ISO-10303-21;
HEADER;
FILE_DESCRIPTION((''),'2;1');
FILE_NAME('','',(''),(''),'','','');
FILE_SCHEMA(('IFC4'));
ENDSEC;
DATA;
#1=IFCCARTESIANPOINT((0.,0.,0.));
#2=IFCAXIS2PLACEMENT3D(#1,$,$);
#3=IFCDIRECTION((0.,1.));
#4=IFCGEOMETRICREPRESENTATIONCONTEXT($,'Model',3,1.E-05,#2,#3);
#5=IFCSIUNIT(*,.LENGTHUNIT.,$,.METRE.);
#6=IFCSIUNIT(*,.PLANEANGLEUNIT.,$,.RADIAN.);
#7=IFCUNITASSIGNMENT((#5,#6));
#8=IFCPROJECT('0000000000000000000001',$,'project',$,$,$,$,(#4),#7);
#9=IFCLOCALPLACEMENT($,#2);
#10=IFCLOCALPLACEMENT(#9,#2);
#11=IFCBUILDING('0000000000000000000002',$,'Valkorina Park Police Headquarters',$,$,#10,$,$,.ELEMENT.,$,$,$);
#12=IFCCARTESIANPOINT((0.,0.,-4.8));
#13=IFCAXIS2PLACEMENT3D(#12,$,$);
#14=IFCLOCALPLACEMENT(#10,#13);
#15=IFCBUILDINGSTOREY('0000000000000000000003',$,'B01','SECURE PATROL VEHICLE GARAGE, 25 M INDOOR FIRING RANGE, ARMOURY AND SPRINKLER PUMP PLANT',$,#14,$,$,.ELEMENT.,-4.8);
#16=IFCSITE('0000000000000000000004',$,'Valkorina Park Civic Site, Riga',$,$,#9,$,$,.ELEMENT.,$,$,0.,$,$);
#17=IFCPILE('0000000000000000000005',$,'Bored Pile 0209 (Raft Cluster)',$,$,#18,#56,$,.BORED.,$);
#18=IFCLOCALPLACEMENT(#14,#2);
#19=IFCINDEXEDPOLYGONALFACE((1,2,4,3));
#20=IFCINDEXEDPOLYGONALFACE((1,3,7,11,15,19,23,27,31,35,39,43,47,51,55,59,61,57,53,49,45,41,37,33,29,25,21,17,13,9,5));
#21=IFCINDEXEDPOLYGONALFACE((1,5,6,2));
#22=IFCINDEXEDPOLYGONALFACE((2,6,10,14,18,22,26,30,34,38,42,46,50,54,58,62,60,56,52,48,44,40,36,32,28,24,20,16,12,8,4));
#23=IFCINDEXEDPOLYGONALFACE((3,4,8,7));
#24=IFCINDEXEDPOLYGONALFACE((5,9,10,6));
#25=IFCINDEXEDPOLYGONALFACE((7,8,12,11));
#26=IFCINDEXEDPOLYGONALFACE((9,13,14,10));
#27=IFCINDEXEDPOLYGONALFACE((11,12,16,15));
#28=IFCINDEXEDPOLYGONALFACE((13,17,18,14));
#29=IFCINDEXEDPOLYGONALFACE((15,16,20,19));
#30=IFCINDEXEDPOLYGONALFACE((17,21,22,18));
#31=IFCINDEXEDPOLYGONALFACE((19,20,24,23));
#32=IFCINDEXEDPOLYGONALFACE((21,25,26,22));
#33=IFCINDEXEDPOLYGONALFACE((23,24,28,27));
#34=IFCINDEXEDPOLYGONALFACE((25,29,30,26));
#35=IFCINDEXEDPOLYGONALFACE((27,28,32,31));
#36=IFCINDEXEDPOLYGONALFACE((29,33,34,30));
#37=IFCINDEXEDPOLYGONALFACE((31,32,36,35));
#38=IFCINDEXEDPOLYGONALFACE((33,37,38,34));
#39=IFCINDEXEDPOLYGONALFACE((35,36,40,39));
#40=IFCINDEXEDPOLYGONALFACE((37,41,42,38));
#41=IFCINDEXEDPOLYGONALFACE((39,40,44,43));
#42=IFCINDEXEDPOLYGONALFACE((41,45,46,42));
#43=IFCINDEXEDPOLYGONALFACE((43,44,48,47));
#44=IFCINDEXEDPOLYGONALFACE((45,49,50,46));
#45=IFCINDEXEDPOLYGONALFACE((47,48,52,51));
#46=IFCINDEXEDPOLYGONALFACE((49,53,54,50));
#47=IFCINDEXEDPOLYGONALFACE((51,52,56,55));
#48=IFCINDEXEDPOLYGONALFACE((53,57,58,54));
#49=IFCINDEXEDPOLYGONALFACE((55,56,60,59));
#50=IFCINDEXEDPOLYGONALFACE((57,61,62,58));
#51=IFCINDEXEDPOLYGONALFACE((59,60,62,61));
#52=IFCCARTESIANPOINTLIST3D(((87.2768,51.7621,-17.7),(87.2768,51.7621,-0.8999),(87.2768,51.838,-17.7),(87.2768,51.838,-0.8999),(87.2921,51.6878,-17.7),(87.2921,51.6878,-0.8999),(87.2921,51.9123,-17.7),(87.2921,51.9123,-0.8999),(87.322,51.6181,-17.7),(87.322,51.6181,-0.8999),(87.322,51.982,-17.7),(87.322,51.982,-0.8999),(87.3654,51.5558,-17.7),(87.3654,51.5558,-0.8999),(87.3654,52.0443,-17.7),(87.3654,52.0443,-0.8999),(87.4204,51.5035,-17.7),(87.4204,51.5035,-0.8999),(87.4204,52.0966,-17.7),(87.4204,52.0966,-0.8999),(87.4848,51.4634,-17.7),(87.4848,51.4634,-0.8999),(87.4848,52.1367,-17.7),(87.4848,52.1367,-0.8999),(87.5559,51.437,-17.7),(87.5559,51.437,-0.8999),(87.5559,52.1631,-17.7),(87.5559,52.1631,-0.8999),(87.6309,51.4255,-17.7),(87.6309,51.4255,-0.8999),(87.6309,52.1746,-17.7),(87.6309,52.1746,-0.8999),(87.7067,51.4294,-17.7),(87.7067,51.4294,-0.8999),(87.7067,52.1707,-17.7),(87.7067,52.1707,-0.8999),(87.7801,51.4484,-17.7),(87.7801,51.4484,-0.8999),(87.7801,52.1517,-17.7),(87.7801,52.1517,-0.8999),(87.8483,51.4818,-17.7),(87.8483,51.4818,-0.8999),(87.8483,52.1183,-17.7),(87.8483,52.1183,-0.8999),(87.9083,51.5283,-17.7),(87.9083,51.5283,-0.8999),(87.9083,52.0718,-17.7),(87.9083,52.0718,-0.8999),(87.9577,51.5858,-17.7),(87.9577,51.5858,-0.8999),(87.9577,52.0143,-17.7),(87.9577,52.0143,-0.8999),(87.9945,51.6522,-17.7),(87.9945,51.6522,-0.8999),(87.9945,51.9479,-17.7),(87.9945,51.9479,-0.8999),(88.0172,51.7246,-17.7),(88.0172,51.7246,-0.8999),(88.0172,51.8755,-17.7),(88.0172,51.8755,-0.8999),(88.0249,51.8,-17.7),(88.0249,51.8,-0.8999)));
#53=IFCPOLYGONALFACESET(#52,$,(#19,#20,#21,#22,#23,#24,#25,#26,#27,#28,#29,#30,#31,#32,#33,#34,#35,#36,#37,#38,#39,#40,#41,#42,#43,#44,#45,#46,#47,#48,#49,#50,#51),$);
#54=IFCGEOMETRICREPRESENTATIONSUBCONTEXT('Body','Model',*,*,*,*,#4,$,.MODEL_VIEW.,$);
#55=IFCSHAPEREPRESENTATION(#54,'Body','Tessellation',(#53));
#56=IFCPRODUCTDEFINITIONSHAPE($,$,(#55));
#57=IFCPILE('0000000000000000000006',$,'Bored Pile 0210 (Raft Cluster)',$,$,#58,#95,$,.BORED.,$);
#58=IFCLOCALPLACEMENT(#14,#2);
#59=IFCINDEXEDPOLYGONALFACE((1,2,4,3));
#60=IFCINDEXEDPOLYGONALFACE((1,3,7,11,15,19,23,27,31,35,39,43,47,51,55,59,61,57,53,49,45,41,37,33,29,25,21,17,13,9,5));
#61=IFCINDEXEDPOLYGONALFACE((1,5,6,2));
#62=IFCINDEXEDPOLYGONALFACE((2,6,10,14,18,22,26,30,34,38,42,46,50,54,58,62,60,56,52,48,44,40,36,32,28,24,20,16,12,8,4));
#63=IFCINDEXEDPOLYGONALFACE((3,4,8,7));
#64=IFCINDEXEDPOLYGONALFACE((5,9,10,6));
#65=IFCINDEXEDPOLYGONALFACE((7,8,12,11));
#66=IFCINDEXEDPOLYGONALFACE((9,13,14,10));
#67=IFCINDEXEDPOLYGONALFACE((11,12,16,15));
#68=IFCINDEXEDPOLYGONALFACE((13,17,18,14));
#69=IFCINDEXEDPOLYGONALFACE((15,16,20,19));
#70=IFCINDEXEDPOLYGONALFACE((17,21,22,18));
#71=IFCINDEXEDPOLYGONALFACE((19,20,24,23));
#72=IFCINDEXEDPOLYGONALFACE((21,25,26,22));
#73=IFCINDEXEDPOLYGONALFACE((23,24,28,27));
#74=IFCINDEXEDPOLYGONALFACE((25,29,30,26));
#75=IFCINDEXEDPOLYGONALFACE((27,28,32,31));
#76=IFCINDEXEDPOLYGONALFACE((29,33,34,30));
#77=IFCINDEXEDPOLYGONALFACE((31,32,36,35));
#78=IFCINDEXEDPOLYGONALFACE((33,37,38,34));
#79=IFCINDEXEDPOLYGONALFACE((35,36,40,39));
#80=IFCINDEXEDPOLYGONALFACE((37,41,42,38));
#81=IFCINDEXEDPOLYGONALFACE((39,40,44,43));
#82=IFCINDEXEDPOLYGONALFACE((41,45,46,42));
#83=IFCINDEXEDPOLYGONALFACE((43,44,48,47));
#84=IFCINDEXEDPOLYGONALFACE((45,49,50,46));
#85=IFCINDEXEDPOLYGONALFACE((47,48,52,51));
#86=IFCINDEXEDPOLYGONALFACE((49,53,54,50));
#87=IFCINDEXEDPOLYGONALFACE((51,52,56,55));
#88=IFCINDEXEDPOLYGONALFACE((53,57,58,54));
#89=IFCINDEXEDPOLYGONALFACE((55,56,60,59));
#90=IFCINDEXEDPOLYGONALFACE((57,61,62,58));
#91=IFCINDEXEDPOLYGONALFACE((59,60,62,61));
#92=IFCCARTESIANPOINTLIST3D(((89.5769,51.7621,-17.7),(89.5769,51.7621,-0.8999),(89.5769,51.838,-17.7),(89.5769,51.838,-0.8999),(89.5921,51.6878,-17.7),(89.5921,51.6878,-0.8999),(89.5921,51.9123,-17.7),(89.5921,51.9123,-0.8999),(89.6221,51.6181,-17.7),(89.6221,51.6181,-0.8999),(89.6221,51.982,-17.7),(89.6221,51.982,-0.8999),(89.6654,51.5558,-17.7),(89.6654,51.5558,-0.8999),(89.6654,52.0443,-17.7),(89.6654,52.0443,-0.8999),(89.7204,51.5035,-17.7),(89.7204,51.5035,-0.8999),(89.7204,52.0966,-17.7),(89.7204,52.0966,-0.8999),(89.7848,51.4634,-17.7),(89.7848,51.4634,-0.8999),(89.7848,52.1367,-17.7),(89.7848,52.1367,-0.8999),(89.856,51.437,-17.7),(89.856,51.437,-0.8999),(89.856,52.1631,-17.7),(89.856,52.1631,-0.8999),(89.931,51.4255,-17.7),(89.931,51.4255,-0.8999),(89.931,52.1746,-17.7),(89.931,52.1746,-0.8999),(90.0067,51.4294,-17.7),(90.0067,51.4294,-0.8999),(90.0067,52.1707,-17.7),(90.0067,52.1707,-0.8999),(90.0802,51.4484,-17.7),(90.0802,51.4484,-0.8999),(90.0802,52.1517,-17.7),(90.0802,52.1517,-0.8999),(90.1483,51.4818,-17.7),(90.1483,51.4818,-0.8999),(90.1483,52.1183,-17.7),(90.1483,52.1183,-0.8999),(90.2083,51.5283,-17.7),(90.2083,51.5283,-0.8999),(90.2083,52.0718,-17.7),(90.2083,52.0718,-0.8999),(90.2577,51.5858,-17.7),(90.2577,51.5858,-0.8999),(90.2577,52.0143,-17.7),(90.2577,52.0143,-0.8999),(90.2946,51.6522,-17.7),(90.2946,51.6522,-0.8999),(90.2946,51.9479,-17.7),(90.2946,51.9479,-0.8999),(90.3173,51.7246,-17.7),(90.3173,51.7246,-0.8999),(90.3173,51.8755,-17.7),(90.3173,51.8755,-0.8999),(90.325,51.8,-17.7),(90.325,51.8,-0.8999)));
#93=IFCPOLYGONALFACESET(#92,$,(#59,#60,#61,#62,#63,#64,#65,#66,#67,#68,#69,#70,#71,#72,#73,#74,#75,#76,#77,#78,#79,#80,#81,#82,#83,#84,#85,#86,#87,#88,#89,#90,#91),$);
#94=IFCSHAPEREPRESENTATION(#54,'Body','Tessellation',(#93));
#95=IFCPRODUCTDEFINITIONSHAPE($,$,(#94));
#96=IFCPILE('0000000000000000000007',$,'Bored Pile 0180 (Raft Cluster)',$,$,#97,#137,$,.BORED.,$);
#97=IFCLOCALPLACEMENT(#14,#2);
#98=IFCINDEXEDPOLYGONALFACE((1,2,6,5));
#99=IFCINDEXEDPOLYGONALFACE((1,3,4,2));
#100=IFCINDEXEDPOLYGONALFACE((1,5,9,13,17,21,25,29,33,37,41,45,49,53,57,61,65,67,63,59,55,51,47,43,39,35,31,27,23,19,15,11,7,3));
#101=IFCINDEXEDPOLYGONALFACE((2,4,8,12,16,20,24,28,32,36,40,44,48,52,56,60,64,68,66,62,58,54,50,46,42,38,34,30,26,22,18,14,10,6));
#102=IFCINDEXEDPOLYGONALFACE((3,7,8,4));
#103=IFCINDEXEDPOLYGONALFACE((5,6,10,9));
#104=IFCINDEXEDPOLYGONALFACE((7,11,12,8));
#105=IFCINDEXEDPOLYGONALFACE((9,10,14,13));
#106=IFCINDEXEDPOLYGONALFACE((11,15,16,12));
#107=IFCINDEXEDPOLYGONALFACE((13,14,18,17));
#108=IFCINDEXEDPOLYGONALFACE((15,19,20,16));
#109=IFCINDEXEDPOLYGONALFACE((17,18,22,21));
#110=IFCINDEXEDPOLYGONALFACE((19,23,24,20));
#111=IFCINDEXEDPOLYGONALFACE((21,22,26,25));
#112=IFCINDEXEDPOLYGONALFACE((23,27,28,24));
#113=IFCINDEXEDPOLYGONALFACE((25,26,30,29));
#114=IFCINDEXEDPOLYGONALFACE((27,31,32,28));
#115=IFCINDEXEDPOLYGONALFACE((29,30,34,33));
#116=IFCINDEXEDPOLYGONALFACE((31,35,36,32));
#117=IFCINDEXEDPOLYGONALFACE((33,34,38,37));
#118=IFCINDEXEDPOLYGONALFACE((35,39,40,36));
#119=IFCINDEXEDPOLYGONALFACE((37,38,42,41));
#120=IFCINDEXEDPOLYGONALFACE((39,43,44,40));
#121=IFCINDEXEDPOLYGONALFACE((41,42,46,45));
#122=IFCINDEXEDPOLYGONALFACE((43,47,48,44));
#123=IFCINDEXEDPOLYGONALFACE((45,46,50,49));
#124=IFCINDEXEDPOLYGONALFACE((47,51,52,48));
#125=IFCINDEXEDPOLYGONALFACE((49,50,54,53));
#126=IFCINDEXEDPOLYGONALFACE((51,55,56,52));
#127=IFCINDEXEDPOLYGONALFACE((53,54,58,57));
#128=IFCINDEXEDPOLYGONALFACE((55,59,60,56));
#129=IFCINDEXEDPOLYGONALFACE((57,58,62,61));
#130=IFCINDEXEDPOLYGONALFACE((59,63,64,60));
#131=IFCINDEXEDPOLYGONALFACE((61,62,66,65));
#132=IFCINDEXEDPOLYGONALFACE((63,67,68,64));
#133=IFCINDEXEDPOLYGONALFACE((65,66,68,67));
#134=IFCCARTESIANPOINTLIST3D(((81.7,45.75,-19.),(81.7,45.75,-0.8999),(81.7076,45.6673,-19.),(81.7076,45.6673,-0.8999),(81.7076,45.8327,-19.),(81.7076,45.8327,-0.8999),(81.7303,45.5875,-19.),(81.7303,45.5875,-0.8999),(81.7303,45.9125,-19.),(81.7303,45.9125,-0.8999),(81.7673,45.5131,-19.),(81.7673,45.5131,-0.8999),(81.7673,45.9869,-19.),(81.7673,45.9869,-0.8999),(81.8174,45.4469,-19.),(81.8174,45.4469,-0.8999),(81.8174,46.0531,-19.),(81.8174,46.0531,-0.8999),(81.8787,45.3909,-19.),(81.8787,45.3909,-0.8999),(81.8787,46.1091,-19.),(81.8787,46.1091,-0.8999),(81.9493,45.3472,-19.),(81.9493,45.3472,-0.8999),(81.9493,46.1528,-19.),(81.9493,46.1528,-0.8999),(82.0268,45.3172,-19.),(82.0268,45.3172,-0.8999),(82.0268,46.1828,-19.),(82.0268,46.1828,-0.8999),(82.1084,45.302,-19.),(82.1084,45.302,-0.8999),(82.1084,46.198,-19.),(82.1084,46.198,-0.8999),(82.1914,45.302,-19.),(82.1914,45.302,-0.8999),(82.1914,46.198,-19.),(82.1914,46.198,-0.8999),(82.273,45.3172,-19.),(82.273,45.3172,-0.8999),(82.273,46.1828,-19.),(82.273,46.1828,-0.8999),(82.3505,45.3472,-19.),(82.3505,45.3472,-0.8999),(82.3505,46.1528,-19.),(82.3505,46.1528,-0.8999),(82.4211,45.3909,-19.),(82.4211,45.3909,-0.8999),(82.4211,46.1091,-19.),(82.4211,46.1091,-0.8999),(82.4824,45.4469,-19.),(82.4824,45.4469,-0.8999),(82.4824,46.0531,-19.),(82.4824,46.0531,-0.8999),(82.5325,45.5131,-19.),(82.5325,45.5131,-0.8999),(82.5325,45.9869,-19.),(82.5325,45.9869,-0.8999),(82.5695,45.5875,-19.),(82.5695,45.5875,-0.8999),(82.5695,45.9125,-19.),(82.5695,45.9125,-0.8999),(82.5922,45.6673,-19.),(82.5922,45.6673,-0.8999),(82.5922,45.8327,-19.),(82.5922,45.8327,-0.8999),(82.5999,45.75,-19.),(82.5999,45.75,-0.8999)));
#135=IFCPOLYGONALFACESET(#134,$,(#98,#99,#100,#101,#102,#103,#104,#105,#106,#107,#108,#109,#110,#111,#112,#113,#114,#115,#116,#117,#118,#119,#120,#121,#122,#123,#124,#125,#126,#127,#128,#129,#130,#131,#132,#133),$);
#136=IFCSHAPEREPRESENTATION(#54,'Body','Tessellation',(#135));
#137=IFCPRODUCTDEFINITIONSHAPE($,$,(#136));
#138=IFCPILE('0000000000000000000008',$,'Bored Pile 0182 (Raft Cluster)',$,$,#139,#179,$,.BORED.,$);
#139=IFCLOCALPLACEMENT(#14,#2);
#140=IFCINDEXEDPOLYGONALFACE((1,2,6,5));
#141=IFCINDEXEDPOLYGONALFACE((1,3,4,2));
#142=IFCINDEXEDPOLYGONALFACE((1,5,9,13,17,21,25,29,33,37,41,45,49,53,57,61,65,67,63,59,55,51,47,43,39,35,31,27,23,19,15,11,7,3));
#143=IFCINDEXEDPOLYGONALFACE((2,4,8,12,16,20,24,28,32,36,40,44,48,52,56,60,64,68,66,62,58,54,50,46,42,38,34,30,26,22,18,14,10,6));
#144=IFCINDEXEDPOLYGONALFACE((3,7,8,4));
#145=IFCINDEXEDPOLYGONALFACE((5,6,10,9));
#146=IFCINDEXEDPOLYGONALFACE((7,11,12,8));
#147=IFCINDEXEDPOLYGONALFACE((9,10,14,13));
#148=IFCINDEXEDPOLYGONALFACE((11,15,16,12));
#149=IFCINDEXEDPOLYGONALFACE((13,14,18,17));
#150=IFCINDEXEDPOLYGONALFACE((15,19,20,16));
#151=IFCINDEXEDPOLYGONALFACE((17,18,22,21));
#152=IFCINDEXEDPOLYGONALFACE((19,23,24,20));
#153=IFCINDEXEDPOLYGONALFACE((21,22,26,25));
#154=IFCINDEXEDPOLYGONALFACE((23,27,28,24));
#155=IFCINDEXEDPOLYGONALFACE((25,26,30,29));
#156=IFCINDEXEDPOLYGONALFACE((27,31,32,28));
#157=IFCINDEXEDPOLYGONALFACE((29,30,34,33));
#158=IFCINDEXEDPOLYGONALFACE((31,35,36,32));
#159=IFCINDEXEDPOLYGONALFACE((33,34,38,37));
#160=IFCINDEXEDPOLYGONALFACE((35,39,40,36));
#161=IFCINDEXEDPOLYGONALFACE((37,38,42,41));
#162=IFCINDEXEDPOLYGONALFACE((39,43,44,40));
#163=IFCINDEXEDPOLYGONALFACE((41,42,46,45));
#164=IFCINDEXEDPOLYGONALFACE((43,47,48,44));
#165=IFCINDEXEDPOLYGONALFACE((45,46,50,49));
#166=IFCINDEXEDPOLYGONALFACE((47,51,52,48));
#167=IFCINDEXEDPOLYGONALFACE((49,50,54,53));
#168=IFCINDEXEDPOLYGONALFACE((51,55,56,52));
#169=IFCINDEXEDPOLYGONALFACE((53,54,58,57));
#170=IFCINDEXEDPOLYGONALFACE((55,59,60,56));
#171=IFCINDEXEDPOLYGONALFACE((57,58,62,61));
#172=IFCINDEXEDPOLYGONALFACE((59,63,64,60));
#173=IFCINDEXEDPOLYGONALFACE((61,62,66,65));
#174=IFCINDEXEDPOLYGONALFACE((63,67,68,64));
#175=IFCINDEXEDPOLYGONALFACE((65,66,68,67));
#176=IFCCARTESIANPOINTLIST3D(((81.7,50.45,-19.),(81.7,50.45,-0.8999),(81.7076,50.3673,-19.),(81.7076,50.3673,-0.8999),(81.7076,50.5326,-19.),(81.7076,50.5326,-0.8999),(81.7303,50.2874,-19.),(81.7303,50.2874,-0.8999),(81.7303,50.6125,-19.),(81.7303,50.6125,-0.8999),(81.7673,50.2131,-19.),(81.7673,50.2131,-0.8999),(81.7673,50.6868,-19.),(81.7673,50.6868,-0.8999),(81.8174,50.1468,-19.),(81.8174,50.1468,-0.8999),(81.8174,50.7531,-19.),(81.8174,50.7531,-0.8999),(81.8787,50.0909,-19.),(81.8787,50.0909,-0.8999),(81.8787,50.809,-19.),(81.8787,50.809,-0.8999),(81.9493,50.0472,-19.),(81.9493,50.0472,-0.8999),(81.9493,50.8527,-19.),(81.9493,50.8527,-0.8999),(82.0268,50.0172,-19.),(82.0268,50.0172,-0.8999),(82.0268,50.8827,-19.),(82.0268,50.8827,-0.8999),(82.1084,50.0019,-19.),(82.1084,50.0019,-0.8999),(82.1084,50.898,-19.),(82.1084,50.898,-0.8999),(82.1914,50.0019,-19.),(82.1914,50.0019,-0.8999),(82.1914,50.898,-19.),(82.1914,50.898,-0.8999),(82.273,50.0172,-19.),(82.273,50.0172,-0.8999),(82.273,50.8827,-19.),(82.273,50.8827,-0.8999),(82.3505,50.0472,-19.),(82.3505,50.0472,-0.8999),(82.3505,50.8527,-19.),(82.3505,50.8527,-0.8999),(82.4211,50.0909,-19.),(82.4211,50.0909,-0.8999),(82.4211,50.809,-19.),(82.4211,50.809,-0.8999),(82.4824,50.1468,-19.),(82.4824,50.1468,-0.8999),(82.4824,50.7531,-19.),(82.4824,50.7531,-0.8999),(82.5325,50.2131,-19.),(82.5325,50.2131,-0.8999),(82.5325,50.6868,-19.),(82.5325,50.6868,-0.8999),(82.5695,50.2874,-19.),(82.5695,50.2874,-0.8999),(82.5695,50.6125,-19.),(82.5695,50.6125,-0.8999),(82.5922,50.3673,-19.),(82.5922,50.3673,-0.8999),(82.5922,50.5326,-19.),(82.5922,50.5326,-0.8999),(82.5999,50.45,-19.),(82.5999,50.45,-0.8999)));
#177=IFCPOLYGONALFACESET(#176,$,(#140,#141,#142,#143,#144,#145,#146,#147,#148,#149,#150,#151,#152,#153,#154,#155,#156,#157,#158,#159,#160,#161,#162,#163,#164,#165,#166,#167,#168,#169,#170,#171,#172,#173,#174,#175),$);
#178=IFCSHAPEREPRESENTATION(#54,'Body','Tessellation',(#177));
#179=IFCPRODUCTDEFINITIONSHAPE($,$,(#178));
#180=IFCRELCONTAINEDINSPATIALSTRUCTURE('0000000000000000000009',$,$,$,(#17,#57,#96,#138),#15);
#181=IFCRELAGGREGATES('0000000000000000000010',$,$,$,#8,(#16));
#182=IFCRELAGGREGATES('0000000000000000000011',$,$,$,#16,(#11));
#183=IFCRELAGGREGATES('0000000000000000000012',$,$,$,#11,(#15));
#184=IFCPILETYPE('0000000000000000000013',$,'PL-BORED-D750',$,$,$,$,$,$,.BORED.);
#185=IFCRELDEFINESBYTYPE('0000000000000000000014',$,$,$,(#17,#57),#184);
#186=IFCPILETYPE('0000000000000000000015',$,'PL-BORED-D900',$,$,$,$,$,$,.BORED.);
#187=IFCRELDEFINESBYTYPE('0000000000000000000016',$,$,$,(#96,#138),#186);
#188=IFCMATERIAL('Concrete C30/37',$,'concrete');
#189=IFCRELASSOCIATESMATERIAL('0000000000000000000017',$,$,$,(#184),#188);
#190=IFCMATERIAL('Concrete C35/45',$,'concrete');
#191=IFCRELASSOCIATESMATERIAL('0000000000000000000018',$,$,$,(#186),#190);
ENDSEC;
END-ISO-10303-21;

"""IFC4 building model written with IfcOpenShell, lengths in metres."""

from ifc_helpers import new_model, si_unit, direction, frame, origin, origin_2d, place, context, subcontext, project, spatial, circle, extrude, material, material_profile, profile_set, type_object, element, save


model = new_model("IFC4")

# Units and contexts
model_context = context("Model", 3, precision=1e-05, world=origin(), true_north=direction((0.0, 1.0)))
body_context = subcontext(model_context, "Body", "Model", "MODEL_VIEW")
ifc_project = project(units=[si_unit("LENGTHUNIT", "METRE"), si_unit("PLANEANGLEUNIT", "RADIAN")], contexts=[model_context])

# Site, building, storey
site_placement = place(None, origin())
site = spatial("IfcSite", under=ifc_project, at=site_placement, Name="Valkorina Park Civic Site, Riga", CompositionType="ELEMENT", RefElevation=0.0)
building_placement = place(site_placement, origin())
building = spatial("IfcBuilding", under=site, at=building_placement, Name="Valkorina Park Police Headquarters", CompositionType="ELEMENT")
storey_placement = place(building_placement, frame((0.0, 0.0, -4.8)))
storey = spatial("IfcBuildingStorey", under=building, at=storey_placement, Name="B01", Description="SECURE PATROL VEHICLE GARAGE, 25 M INDOOR FIRING RANGE, ARMOURY AND SPRINKLER PUMP PLANT", CompositionType="ELEMENT", Elevation=-4.8)

# Piles
ifc_material_1 = material(Name="Concrete C30/37", Category="concrete")
ifc_material_profile_1 = material_profile(ifc_material_1, circle(Radius=0.375, at=origin_2d()), Name="BORED PILE D750")
ifc_profile_set_1 = profile_set([ifc_material_profile_1], Name="Concrete C30/37")
pile_type_1 = type_object("IfcPileType", Name="PL-BORED-D750", PredefinedType="BORED", material=ifc_profile_set_1)
for number, where, z_axis, x_axis, name in (
    (1, (87.6499, 51.8, -0.8999), (0.0, 0.0, -1.0), (1.0, 0.0, 0.0), "Bored Pile 0209 (Raft Cluster)"),
    (2, (89.95, 51.8, -0.8999), (0.0, 0.0, -1.0), (1.0, 0.0, 0.0), "Bored Pile 0210 (Raft Cluster)"),
):
    element("IfcPile", number, at=place(storey_placement, frame(where, z_axis=z_axis, x_axis=x_axis)), inside=storey, type_object=pile_type_1, Name=name, PredefinedType="BORED", context=body_context, shape_type="SweptSolid", body=[
        extrude(circle(Radius=0.375, at=origin_2d()), origin(), (0.0, 0.0, 1.0), 16.8),
    ])
ifc_material_2 = material(Name="Concrete C35/45", Category="concrete")
ifc_material_profile_2 = material_profile(ifc_material_2, circle(Radius=0.45, at=origin_2d()), Name="BORED PILE D900")
ifc_profile_set_2 = profile_set([ifc_material_profile_2], Name="Concrete C35/45")
pile_type_2 = type_object("IfcPileType", Name="PL-BORED-D900", PredefinedType="BORED", material=ifc_profile_set_2)
for number, where, z_axis, x_axis, name in (
    (3, (82.1499, 45.75, -0.8999), (0.0, 0.0, -1.0), (1.0, 0.0, 0.0), "Bored Pile 0180 (Raft Cluster)"),
    (4, (82.1499, 50.45, -0.8999), (0.0, 0.0, -1.0), (1.0, 0.0, 0.0), "Bored Pile 0182 (Raft Cluster)"),
):
    element("IfcPile", number, at=place(storey_placement, frame(where, z_axis=z_axis, x_axis=x_axis)), inside=storey, type_object=pile_type_2, Name=name, PredefinedType="BORED", context=body_context, shape_type="SweptSolid", body=[
        extrude(circle(Radius=0.45, at=origin_2d()), origin(), (0.0, 0.0, 1.0), 18.1001),
    ])

save(model, "model.ifc")
